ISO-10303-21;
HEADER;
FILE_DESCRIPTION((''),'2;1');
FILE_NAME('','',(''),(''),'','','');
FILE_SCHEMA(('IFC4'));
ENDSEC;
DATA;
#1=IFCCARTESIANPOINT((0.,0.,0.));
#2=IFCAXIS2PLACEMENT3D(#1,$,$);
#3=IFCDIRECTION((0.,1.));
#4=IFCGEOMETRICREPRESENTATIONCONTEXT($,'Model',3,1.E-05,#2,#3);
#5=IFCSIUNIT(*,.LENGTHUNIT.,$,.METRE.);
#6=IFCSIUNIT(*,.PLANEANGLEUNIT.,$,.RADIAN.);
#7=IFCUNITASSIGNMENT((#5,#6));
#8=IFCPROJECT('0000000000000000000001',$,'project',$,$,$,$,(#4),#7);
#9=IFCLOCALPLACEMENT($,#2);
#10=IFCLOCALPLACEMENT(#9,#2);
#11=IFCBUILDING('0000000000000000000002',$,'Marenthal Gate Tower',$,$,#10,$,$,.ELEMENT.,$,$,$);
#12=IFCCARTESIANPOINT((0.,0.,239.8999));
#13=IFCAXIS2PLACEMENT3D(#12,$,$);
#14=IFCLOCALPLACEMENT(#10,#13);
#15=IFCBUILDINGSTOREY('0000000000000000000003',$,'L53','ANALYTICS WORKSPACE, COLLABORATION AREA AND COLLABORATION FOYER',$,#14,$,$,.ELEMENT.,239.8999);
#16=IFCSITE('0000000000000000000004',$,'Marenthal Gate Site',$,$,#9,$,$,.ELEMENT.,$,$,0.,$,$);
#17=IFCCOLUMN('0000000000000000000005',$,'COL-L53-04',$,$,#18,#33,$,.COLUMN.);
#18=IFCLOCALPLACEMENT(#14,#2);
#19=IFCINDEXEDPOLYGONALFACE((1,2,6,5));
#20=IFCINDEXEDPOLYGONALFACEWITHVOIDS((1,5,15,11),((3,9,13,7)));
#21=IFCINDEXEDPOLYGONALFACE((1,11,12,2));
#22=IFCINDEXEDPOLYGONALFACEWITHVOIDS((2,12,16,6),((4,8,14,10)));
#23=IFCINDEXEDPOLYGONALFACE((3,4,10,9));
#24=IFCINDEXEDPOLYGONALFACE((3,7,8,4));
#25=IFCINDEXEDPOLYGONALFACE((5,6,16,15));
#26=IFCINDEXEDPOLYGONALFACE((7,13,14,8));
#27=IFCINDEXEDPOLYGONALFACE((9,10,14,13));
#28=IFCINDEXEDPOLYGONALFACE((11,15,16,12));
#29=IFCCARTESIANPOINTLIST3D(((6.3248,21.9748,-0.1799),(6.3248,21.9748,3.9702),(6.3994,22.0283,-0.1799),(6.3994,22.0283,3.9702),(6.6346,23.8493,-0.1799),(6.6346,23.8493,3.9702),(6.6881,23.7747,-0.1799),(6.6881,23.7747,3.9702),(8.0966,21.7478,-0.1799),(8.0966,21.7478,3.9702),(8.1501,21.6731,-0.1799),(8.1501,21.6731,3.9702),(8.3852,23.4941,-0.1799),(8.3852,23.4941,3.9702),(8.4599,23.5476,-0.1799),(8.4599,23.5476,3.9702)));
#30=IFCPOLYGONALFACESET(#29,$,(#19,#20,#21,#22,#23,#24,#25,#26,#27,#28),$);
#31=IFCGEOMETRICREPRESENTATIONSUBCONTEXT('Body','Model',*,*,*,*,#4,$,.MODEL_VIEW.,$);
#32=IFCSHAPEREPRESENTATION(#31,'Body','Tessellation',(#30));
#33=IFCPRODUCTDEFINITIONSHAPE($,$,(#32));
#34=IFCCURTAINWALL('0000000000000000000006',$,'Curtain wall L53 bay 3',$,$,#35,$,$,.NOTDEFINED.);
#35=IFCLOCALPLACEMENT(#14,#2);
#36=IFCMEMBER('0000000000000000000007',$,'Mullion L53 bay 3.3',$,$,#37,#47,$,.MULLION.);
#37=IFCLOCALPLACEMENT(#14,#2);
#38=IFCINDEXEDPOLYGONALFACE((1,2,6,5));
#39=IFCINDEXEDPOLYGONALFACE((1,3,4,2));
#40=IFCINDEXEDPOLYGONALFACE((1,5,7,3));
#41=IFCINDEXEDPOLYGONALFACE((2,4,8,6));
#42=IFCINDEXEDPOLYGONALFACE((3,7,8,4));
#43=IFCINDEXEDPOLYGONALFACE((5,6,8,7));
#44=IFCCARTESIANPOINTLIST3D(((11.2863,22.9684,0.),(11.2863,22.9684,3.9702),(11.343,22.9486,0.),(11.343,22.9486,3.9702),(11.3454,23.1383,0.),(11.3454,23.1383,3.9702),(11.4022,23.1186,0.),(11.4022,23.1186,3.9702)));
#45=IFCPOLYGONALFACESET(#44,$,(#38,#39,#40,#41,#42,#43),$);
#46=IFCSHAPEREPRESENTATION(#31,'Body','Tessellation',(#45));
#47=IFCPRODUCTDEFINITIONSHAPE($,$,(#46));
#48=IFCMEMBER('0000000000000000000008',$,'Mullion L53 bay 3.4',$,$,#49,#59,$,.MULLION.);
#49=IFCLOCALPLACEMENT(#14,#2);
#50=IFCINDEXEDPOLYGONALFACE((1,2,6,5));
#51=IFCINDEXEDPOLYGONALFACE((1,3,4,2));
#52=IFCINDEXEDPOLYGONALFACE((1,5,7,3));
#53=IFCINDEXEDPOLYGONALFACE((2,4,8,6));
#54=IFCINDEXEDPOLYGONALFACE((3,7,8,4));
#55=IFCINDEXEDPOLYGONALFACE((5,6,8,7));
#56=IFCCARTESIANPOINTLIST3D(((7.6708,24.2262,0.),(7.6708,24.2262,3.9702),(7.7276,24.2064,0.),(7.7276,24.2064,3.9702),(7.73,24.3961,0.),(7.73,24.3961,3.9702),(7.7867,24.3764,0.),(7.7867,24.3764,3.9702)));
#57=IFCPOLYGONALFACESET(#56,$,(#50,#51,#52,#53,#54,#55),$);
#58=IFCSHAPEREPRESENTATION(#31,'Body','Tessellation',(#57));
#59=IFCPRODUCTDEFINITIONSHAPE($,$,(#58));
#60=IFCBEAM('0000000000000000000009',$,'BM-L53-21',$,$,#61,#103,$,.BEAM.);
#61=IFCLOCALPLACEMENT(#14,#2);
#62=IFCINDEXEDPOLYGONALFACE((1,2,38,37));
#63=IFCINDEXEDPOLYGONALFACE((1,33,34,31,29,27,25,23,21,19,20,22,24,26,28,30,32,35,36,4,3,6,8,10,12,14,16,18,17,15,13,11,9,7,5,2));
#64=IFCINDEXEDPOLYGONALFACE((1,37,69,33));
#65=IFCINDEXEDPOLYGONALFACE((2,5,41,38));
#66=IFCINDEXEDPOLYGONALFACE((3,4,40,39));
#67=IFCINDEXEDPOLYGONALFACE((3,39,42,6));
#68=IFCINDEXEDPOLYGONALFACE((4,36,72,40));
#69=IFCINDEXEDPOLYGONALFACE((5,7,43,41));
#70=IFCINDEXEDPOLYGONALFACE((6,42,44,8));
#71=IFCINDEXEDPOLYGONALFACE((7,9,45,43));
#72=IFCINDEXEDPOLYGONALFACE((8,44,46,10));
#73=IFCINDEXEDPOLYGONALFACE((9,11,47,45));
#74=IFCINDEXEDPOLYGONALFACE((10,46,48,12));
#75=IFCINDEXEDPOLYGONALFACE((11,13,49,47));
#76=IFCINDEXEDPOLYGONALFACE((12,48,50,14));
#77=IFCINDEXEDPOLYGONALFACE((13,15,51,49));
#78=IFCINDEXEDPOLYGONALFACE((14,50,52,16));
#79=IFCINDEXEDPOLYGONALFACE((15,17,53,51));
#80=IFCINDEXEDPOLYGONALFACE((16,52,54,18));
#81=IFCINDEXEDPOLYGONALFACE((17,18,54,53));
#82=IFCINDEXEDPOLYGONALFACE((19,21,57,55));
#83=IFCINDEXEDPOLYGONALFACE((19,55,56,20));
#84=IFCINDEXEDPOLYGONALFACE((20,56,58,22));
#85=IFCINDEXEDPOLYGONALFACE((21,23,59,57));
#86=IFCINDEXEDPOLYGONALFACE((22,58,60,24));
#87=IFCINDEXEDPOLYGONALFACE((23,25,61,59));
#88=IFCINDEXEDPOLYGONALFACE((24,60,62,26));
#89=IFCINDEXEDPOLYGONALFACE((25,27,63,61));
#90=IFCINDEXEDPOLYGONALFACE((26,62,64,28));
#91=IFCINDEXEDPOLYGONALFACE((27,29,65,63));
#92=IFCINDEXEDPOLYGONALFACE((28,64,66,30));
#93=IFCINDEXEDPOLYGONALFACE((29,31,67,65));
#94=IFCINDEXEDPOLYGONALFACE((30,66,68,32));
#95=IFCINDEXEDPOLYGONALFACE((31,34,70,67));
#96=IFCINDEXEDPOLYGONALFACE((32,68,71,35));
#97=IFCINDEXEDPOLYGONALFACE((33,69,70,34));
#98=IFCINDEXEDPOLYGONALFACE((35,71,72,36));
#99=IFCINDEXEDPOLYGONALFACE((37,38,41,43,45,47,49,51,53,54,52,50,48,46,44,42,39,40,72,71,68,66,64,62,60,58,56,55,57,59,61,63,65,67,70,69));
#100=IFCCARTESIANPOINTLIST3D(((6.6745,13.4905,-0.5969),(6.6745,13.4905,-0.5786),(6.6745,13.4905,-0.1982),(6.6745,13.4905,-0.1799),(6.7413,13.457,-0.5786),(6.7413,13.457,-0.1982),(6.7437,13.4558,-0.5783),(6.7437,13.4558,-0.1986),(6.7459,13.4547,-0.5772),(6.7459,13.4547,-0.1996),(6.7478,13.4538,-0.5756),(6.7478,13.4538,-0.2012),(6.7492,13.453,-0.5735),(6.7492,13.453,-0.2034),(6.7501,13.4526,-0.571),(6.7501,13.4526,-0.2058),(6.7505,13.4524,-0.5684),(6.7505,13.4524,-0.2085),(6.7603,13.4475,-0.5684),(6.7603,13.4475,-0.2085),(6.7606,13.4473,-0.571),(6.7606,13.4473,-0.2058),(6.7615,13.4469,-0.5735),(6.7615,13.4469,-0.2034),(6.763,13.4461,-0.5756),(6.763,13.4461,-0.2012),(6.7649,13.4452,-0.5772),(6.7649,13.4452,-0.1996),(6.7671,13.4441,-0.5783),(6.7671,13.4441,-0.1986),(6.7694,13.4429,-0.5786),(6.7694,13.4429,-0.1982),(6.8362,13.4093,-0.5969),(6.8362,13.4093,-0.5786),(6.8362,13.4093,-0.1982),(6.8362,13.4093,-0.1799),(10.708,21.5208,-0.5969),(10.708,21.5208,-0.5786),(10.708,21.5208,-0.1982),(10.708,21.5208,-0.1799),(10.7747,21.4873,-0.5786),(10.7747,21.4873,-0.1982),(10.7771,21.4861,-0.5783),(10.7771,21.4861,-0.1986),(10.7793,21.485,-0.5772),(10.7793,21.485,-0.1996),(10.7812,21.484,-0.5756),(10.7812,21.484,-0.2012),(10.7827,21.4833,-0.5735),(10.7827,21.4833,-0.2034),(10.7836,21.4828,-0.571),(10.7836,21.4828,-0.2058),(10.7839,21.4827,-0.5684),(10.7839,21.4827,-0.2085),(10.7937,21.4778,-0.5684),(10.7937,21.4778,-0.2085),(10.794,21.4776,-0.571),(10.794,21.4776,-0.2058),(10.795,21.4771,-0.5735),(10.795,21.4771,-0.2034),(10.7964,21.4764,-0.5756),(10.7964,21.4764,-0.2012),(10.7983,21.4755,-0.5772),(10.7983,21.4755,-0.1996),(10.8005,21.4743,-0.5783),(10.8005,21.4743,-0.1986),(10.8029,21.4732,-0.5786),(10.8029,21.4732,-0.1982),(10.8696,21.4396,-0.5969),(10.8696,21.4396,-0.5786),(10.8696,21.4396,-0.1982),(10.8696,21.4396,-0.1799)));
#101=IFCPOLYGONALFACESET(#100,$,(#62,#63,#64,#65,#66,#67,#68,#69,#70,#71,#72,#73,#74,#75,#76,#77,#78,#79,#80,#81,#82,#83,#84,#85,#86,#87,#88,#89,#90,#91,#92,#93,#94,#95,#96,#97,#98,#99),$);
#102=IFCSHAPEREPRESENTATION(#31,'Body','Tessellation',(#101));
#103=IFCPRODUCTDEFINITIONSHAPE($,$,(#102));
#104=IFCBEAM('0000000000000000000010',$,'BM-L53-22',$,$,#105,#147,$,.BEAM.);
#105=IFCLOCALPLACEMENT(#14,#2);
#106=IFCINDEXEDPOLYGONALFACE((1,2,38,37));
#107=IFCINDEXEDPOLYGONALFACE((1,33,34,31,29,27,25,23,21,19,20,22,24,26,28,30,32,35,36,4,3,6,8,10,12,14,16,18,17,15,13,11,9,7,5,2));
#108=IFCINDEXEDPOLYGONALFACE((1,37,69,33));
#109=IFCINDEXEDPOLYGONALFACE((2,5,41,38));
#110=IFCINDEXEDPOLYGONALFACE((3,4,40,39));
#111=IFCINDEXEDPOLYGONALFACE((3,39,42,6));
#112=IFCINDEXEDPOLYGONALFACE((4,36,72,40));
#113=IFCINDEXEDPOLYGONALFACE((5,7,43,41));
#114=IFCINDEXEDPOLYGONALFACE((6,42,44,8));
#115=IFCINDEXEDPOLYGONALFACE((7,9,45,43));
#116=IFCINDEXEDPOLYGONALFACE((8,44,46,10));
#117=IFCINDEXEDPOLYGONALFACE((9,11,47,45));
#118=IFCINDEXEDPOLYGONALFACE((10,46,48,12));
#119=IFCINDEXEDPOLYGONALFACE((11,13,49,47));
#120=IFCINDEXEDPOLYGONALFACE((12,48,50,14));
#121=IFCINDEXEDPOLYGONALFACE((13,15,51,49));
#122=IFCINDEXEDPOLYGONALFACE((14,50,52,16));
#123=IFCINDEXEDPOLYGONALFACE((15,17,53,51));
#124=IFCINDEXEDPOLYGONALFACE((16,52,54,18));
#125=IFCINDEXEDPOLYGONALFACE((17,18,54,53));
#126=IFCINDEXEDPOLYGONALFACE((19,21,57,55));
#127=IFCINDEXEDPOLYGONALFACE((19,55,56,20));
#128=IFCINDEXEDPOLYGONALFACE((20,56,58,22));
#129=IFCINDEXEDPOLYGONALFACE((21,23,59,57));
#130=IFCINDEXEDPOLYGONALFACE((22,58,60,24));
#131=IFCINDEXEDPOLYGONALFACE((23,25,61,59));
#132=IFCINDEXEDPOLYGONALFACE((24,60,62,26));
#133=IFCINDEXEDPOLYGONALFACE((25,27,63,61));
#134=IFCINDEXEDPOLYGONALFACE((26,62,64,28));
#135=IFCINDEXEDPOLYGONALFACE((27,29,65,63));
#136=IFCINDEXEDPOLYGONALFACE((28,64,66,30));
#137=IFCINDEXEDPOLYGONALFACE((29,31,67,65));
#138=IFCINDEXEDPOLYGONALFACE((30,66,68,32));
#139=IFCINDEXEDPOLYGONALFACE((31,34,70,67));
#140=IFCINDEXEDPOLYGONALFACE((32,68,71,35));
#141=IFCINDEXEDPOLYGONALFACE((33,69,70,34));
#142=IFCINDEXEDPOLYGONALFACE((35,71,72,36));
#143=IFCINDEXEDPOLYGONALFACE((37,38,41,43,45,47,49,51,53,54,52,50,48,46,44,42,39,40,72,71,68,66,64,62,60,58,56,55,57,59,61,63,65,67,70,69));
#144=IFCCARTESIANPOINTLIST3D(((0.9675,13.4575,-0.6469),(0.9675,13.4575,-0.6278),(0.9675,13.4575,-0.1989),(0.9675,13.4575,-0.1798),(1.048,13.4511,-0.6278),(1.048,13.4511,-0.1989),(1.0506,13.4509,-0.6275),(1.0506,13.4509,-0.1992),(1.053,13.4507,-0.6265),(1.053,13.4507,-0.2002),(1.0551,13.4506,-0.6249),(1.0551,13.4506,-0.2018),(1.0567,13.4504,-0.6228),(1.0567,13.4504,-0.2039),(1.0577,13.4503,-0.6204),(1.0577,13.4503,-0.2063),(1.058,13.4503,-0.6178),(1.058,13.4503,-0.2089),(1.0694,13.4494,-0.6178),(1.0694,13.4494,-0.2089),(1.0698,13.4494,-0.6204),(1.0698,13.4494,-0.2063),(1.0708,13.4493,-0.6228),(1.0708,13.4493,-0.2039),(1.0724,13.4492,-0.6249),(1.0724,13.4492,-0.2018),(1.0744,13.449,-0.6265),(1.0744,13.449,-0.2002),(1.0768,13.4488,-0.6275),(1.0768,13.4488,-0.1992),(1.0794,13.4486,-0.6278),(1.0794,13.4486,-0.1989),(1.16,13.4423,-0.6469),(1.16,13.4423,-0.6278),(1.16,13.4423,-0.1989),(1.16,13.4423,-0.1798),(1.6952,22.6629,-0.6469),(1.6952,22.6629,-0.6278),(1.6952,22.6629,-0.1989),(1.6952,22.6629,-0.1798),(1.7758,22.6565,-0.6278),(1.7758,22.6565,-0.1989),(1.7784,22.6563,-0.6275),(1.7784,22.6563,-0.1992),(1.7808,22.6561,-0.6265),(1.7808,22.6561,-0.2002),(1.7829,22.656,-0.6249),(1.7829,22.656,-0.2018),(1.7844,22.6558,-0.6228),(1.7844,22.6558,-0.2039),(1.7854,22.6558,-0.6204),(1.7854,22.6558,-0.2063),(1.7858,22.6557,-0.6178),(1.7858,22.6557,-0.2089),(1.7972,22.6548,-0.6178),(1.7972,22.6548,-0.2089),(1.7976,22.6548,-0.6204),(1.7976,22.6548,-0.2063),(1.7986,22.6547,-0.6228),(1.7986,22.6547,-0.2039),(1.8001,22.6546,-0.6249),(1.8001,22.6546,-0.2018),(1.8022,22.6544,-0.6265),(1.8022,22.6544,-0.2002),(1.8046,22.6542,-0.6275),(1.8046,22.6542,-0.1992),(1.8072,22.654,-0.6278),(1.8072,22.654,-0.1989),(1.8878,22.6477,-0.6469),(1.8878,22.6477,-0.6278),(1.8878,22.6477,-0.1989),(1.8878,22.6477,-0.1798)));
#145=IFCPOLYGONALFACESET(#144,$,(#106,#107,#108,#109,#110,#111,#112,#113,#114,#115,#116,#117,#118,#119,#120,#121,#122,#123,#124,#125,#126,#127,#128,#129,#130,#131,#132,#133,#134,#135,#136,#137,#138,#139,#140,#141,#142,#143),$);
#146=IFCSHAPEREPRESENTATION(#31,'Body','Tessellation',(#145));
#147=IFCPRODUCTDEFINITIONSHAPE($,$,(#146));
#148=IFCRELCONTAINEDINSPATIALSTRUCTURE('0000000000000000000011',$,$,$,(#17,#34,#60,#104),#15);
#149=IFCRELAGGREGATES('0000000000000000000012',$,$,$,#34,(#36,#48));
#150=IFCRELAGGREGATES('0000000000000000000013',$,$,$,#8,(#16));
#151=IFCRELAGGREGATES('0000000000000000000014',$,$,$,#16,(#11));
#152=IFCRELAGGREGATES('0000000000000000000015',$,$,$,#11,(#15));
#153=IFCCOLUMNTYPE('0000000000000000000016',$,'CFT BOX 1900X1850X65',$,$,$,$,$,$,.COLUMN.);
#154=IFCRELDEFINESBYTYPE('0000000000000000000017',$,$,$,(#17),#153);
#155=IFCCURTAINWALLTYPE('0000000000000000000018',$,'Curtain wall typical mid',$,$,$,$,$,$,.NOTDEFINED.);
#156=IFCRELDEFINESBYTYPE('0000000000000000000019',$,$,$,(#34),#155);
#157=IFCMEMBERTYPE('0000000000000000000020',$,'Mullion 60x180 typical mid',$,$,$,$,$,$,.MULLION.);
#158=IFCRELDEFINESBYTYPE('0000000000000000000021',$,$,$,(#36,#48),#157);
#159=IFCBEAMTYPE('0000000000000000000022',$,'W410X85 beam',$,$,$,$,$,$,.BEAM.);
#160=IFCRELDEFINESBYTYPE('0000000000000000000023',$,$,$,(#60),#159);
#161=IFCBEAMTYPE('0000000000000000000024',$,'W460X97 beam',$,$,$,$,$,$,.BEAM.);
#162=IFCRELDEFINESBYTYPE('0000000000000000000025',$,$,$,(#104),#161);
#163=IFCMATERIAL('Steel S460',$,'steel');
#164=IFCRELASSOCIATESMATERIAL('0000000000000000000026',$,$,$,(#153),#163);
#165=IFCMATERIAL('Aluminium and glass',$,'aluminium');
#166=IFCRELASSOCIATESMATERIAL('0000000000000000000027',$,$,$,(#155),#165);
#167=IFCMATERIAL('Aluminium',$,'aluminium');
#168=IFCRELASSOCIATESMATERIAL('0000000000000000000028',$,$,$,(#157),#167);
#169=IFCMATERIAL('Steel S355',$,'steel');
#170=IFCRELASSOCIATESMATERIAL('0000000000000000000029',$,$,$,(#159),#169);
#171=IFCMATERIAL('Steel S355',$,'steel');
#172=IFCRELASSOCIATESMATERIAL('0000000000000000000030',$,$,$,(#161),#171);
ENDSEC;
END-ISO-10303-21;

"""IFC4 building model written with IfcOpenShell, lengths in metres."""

from ifc_helpers import new_model, si_unit, direction, frame, origin, origin_2d, place, context, subcontext, project, spatial, rectangle, hollow_rectangle, i_section, extrude, material, material_profile, profile_set, type_object, element, aggregate, save


model = new_model("IFC4")

# Units and contexts
model_context = context("Model", 3, precision=1e-05, world=origin(), true_north=direction((0.0, 1.0)))
body_context = subcontext(model_context, "Body", "Model", "MODEL_VIEW")
ifc_project = project(units=[si_unit("LENGTHUNIT", "METRE"), si_unit("PLANEANGLEUNIT", "RADIAN")], contexts=[model_context])

# Site, building, storey
site_placement = place(None, origin())
site = spatial("IfcSite", under=ifc_project, at=site_placement, Name="Marenthal Gate Site", CompositionType="ELEMENT", RefElevation=0.0)
building_placement = place(site_placement, origin())
building = spatial("IfcBuilding", under=site, at=building_placement, Name="Marenthal Gate Tower", CompositionType="ELEMENT")
storey_placement = place(building_placement, frame((0.0, 0.0, 239.8999)))
storey = spatial("IfcBuildingStorey", under=building, at=storey_placement, Name="L53", Description="ANALYTICS WORKSPACE, COLLABORATION AREA AND COLLABORATION FOYER", CompositionType="ELEMENT", Elevation=239.8999)

# Column
ifc_material_1 = material(Name="Steel S460", Category="steel")
ifc_material_profile_1 = material_profile(ifc_material_1, hollow_rectangle(XDim=1.8501, YDim=1.8999, WallThickness=0.0649, at=origin_2d()), Name="CFT BOX 1900X1850X65")
ifc_material_2 = material(Name="Concrete 70 MPa", Category="concrete")
ifc_material_profile_2 = material_profile(ifc_material_2, rectangle(XDim=1.72, YDim=1.77, at=origin_2d()), Name="CFT BOX 1900X1850X65 INFILL")
ifc_profile_set_1 = profile_set([ifc_material_profile_1, ifc_material_profile_2], Name="Steel S460 shell, Concrete 70 MPa infill")
column_type = type_object("IfcColumnType", Name="CFT BOX 1900X1850X65", PredefinedType="COLUMN", material=ifc_profile_set_1)
column_placement = place(storey_placement, frame((7.3923, 22.7612, -0.1799), z_axis=(0.0, 0.0, 1.0), x_axis=(0.986614, -0.163073, 0.0)))
element("IfcColumn", 1, at=column_placement, inside=storey, type_object=column_type, Name="COL-L53-04", PredefinedType="COLUMN", context=body_context, shape_type="SweptSolid", body=[
    extrude(hollow_rectangle(XDim=1.8501, YDim=1.8999, WallThickness=0.0649, at=origin_2d()), origin(), (0.0, 0.0, 1.0), 4.1501),
])

# Curtain wall, members
ifc_material_3 = material(Name="Aluminium and glass", Category="aluminium")
curtain_wall_type = type_object("IfcCurtainWallType", Name="Curtain wall typical mid", PredefinedType="NOTDEFINED", material=ifc_material_3)
curtain_wall_placement = place(storey_placement, origin())
curtain_wall = element("IfcCurtainWall", 2, at=curtain_wall_placement, inside=storey, type_object=curtain_wall_type, Name="Curtain wall L53 bay 3", PredefinedType="NOTDEFINED")
ifc_material_4 = material(Name="Aluminium", Category="aluminium")
ifc_material_profile_3 = material_profile(ifc_material_4, rectangle(XDim=0.1799, YDim=0.0601, at=origin_2d()), Name="60x180 aluminium mullion")
ifc_profile_set_2 = profile_set([ifc_material_profile_3], Name="Aluminium")
member_type = type_object("IfcMemberType", Name="Mullion 60x180 typical mid", PredefinedType="MULLION", material=ifc_profile_set_2)
member_1_placement = place(storey_placement, frame((11.3442, 23.0435, 0.0), z_axis=(0.0, 0.0, 1.0), x_axis=(-0.32854, -0.94449, 0.0)))
member_1 = element("IfcMember", 3, at=member_1_placement, type_object=member_type, Name="Mullion L53 bay 3.3", PredefinedType="MULLION", context=body_context, shape_type="SweptSolid", body=[
    extrude(rectangle(XDim=0.1799, YDim=0.0601, at=origin_2d()), origin(), (0.0, 0.0, 1.0), 3.9702),
])
member_2_placement = place(storey_placement, frame((7.7288, 24.3013, 0.0), z_axis=(0.0, 0.0, 1.0), x_axis=(-0.32854, -0.94449, 0.0)))
member_2 = element("IfcMember", 4, at=member_2_placement, type_object=member_type, Name="Mullion L53 bay 3.4", PredefinedType="MULLION", context=body_context, shape_type="SweptSolid", body=[
    extrude(rectangle(XDim=0.1799, YDim=0.0601, at=origin_2d()), origin(), (0.0, 0.0, 1.0), 3.9702),
])

# Beams
ifc_material_5 = material(Name="Steel S355", Category="steel")
ifc_material_profile_4 = material_profile(ifc_material_5, i_section(OverallWidth=0.1809, OverallDepth=0.417, WebThickness=0.011, FlangeThickness=0.0183, FilletRadius=0.0103, at=origin_2d()), Name="W410X85")
ifc_profile_set_3 = profile_set([ifc_material_profile_4], Name="Steel S355")
beam_type_1 = type_object("IfcBeamType", Name="W410X85 beam", PredefinedType="BEAM", material=ifc_profile_set_3)
beam_1_placement = place(storey_placement, frame((10.7888, 21.4802, -0.3884), z_axis=(-0.448843, -0.893611, 0.0), x_axis=(0.893611, -0.448843, 0.0)))
element("IfcBeam", 5, at=beam_1_placement, inside=storey, type_object=beam_type_1, Name="BM-L53-21", PredefinedType="BEAM", context=body_context, shape_type="SweptSolid", body=[
    extrude(i_section(OverallWidth=0.1809, OverallDepth=0.417, WebThickness=0.011, FlangeThickness=0.0183, FilletRadius=0.0103, at=origin_2d()), origin(), (0.0, 0.0, 1.0), 8.9863),
])
ifc_material_6 = material(Name="Steel S355", Category="steel")
ifc_material_profile_5 = material_profile(ifc_material_6, i_section(OverallWidth=0.1931, OverallDepth=0.467, WebThickness=0.0115, FlangeThickness=0.019, FilletRadius=0.01, at=origin_2d()), Name="W460X97")
ifc_profile_set_4 = profile_set([ifc_material_profile_5], Name="Steel S355")
beam_type_2 = type_object("IfcBeamType", Name="W460X97 beam", PredefinedType="BEAM", material=ifc_profile_set_4)
beam_2_placement = place(storey_placement, frame((1.7915, 22.6553, -0.4133), z_axis=(-0.078815, -0.996889, 0.0), x_axis=(0.996889, -0.078815, 0.0)))
element("IfcBeam", 6, at=beam_2_placement, inside=storey, type_object=beam_type_2, Name="BM-L53-22", PredefinedType="BEAM", context=body_context, shape_type="SweptSolid", body=[
    extrude(i_section(OverallWidth=0.1931, OverallDepth=0.467, WebThickness=0.0115, FlangeThickness=0.019, FilletRadius=0.01, at=origin_2d()), origin(), (0.0, 0.0, 1.0), 9.2341),
])

aggregate(curtain_wall, [member_1, member_2])

save(model, "model.ifc")
